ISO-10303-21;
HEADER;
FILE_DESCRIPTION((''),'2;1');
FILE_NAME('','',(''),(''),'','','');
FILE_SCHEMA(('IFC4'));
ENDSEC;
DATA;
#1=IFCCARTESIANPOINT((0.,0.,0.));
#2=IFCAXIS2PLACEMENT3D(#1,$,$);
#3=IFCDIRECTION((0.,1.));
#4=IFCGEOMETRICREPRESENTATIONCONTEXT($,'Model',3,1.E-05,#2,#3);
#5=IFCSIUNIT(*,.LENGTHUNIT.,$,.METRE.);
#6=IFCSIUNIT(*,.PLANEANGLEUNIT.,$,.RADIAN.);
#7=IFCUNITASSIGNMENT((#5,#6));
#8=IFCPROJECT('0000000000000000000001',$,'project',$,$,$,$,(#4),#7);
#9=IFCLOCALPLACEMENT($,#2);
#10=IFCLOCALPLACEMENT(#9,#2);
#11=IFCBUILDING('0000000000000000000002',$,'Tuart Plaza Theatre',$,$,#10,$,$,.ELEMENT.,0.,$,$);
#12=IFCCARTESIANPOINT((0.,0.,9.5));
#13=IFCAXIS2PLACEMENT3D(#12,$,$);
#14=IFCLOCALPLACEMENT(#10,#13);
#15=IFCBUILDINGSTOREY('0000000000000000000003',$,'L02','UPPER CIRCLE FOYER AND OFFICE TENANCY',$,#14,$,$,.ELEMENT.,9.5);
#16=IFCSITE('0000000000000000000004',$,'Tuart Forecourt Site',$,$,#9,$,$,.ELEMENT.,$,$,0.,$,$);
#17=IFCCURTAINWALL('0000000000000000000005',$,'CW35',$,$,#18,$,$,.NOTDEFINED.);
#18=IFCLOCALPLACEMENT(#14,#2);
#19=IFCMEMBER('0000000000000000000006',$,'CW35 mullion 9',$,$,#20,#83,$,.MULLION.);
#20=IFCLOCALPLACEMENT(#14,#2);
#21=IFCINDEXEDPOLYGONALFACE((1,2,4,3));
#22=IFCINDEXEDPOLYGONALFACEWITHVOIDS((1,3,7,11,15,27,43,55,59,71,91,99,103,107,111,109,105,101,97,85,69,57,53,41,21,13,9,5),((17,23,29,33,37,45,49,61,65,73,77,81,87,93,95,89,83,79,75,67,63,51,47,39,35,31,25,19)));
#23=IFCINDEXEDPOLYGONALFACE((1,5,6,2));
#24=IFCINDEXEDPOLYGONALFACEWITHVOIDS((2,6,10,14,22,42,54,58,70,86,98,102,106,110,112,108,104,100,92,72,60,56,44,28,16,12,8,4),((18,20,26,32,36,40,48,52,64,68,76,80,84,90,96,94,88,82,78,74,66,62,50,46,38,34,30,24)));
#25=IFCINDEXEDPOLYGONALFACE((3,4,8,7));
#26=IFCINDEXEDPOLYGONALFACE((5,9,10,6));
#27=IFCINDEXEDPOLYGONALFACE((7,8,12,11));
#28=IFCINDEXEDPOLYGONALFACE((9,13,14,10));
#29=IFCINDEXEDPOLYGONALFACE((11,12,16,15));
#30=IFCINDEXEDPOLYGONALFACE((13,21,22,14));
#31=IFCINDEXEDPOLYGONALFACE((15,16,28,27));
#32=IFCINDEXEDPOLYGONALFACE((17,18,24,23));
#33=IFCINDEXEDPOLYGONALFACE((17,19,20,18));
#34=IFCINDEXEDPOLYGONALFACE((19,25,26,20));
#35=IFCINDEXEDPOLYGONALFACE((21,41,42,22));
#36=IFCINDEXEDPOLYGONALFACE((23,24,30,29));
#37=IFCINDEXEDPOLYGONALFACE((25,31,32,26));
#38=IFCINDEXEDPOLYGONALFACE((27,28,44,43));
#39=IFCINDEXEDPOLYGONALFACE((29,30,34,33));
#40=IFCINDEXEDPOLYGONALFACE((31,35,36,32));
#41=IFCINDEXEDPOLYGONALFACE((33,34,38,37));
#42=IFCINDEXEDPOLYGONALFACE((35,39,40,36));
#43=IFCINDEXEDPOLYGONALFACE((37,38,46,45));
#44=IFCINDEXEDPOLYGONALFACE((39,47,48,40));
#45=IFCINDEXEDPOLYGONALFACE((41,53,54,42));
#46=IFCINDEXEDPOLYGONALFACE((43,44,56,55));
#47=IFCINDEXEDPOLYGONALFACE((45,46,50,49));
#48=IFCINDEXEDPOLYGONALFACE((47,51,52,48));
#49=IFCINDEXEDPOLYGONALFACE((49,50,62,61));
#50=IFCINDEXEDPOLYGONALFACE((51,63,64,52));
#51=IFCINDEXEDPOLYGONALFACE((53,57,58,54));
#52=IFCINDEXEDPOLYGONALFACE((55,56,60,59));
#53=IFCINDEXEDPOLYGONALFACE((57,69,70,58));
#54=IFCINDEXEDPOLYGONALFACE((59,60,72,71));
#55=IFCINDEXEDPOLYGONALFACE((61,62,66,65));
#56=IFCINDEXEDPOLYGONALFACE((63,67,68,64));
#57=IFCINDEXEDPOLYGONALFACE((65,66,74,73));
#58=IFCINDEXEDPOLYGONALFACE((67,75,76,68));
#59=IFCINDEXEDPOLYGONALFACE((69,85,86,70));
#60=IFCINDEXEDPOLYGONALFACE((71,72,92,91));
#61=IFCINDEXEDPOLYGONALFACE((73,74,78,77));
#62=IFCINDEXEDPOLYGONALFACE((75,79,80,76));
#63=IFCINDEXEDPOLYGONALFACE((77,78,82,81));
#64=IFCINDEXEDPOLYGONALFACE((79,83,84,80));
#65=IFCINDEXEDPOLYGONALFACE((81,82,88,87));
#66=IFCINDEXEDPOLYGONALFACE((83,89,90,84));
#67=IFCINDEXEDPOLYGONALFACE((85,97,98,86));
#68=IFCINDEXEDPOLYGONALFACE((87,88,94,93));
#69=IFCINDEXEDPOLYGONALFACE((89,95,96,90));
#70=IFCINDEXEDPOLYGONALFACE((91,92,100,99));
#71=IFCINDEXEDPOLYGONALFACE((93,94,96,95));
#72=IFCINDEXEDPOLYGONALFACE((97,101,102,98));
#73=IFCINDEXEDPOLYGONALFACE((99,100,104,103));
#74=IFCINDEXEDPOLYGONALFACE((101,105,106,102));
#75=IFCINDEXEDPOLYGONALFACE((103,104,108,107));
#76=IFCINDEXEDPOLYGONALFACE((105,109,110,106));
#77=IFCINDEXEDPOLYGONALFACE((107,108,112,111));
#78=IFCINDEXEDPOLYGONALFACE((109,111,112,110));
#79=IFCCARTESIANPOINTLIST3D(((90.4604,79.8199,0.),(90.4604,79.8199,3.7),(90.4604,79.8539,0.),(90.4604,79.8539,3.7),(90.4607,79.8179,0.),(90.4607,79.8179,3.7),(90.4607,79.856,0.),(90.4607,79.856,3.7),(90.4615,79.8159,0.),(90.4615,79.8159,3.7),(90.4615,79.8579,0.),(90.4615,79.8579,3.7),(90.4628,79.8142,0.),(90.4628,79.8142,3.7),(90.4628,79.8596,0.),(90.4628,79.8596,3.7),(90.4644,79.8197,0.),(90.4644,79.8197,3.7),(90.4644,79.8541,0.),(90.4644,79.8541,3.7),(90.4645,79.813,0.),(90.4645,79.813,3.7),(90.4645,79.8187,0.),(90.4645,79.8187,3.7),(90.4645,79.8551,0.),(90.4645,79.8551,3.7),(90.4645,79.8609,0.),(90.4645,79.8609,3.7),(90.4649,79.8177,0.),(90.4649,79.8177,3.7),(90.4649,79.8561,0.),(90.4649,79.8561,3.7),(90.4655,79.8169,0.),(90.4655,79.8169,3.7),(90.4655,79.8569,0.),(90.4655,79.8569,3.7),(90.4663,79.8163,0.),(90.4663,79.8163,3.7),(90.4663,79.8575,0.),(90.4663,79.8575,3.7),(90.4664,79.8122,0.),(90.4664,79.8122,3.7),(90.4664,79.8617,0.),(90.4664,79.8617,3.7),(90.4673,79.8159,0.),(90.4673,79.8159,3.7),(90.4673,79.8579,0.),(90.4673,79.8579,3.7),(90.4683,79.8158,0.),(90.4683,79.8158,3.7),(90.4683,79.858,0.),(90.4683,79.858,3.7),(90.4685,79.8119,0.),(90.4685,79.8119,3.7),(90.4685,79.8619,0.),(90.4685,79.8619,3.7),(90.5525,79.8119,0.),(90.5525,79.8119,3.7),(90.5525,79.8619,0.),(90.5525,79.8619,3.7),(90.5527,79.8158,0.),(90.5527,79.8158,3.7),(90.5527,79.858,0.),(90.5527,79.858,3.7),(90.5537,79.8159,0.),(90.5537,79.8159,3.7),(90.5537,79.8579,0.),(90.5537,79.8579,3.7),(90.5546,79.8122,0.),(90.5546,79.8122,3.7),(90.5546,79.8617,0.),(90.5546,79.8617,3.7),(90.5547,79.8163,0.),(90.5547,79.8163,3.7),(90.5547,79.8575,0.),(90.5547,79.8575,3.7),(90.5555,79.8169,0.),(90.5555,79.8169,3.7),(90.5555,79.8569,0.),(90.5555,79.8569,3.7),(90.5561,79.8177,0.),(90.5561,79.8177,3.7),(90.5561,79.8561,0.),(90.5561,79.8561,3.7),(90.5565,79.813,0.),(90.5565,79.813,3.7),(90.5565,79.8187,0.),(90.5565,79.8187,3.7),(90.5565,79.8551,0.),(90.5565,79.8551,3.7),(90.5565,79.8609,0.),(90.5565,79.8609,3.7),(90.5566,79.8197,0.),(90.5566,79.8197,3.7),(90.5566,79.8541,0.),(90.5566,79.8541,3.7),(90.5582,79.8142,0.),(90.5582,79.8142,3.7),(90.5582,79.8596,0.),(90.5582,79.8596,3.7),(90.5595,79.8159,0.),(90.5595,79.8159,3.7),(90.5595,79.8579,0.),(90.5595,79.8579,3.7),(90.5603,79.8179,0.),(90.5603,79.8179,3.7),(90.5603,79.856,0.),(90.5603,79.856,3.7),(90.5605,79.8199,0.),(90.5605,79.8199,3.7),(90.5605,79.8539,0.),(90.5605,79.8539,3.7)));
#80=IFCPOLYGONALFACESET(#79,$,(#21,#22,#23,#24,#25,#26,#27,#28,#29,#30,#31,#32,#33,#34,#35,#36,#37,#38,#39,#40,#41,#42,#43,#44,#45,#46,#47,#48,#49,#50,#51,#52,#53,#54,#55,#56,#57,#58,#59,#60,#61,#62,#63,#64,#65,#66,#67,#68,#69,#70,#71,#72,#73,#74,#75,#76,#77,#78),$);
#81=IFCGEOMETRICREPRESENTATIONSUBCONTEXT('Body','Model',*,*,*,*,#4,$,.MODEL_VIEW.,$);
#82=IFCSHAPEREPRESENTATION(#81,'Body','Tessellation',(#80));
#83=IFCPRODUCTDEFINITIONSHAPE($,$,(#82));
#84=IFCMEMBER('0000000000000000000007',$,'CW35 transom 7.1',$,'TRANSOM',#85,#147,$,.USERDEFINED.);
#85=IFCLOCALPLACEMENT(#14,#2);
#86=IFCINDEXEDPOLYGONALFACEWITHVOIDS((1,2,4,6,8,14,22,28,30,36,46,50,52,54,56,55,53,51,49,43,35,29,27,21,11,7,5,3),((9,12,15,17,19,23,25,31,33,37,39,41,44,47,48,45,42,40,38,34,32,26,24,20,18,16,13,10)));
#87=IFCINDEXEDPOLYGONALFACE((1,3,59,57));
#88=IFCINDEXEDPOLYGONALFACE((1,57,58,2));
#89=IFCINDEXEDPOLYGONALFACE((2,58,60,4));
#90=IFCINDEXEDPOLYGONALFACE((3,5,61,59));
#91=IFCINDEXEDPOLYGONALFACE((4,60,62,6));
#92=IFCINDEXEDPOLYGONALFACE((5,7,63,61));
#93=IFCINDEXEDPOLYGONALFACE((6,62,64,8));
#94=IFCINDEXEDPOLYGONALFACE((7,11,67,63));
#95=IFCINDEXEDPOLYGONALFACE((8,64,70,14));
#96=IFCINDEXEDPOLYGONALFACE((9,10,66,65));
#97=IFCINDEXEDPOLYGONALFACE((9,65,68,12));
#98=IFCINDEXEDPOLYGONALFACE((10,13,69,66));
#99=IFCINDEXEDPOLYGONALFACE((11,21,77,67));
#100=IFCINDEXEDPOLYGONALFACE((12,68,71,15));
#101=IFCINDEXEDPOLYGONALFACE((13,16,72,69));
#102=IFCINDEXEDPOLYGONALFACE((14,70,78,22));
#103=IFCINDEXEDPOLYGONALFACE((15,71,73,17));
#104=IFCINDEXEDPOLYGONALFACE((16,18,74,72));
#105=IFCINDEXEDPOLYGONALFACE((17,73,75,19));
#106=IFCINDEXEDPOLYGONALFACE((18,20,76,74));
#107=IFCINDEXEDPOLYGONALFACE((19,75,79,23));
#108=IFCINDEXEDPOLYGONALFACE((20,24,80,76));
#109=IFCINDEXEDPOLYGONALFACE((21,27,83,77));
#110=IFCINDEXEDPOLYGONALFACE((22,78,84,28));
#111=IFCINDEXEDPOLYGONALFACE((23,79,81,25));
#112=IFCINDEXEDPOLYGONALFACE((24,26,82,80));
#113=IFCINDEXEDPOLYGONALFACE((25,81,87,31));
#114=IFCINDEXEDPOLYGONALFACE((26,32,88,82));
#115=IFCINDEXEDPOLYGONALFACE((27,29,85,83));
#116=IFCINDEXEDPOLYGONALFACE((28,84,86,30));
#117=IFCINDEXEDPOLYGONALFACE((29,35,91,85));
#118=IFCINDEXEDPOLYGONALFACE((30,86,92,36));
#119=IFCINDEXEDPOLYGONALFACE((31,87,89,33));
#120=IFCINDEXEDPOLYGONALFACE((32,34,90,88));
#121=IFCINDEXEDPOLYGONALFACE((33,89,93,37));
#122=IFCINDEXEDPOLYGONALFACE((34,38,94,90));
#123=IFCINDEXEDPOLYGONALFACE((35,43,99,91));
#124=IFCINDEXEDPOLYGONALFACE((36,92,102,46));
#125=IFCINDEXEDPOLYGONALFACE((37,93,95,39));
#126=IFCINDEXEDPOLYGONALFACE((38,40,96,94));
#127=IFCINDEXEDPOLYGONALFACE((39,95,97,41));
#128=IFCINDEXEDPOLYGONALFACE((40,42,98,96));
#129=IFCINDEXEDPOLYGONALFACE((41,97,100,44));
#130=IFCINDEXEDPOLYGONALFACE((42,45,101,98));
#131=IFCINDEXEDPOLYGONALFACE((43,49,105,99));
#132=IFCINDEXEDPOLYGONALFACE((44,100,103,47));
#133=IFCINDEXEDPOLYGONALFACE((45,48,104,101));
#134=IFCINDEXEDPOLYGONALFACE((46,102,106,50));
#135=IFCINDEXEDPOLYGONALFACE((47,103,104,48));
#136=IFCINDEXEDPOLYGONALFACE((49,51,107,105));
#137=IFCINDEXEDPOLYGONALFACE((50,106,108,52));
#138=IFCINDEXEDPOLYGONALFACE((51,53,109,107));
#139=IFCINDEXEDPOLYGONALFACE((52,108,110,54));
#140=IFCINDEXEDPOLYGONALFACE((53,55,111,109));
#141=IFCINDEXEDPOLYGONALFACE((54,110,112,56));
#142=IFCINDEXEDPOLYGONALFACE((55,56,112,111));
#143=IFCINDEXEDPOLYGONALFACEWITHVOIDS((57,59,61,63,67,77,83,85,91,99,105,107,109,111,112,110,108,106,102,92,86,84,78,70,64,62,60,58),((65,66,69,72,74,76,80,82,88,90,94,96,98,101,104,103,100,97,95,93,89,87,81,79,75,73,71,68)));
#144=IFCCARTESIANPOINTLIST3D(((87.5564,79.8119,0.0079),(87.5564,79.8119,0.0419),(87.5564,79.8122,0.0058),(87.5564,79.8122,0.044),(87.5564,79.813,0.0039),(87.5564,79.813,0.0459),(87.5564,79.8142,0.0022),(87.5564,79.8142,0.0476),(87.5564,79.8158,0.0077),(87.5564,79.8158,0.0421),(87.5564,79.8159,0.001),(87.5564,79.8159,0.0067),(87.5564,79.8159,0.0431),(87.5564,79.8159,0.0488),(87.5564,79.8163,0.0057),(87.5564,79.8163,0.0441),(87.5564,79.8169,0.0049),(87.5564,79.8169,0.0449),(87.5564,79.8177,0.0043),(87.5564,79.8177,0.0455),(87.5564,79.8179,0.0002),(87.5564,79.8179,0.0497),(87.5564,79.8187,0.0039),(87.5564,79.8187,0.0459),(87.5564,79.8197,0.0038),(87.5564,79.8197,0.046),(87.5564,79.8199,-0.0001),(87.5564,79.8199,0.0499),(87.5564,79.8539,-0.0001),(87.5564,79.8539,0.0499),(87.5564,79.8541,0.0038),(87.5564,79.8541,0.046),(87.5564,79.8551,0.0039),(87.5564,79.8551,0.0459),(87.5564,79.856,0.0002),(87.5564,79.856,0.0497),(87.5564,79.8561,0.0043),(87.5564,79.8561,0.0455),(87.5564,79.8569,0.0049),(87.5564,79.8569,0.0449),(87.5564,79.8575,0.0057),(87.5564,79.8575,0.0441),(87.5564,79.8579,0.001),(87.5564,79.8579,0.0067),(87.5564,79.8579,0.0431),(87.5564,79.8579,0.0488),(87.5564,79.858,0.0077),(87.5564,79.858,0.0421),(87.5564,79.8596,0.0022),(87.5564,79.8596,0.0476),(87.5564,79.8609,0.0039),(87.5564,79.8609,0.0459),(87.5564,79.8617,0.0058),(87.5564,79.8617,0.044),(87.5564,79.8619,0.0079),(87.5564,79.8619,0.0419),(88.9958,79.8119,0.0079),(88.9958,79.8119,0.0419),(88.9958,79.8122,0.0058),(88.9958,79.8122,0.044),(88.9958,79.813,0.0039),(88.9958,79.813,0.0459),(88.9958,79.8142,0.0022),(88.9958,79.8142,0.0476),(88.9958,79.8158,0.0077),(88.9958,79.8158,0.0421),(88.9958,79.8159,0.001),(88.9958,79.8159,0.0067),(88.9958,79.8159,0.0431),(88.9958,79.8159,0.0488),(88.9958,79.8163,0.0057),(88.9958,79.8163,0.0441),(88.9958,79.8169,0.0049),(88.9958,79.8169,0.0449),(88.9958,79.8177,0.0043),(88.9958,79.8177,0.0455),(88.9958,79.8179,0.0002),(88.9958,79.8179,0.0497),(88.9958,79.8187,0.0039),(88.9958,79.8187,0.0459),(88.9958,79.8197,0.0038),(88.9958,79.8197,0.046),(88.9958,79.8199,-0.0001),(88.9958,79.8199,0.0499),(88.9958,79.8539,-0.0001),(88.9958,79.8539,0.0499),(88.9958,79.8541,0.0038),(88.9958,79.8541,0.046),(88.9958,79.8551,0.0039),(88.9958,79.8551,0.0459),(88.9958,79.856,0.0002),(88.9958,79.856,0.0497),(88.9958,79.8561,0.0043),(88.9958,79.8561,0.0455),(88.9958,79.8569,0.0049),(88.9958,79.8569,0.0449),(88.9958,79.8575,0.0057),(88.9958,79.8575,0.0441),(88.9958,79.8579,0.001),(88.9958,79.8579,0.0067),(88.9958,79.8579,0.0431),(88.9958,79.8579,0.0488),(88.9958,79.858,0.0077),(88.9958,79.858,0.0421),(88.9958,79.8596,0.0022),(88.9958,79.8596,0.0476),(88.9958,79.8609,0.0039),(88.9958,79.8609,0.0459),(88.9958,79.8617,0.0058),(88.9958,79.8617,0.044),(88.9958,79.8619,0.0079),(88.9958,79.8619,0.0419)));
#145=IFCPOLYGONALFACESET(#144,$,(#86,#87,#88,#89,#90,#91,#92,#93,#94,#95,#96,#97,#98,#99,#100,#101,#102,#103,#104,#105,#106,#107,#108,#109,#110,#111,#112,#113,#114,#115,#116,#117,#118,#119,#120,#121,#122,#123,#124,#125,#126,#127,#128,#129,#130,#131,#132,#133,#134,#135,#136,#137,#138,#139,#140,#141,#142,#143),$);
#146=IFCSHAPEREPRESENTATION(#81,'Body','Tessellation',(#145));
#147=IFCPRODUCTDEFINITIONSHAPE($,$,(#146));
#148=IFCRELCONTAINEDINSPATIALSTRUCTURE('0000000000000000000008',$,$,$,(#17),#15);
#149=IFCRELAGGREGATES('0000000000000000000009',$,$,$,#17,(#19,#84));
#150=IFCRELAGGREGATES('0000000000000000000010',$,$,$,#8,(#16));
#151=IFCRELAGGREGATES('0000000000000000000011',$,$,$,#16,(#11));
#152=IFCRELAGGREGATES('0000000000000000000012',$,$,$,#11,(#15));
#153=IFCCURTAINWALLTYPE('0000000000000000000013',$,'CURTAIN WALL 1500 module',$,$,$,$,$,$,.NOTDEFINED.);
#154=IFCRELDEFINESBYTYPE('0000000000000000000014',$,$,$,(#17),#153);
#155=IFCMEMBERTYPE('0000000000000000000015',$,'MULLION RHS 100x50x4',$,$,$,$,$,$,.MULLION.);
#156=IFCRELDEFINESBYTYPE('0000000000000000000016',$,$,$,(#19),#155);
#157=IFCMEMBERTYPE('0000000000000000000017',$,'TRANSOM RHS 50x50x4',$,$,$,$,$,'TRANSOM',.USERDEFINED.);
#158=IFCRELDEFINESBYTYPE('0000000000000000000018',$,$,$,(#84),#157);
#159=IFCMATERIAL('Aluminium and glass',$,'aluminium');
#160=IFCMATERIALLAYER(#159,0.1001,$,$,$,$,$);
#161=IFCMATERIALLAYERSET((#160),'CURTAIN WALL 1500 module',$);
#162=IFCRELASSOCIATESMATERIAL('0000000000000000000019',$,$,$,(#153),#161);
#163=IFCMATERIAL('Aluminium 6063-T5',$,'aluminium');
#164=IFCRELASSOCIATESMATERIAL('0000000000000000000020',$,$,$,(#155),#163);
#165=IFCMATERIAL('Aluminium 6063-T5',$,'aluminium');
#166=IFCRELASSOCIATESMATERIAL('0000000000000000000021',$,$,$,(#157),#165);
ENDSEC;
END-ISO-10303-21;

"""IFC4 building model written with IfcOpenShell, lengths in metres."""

from ifc_helpers import new_model, si_unit, direction, frame, origin, origin_2d, place, context, subcontext, project, spatial, hollow_rectangle, extrude, material, layer, layer_set, material_profile, profile_set, type_object, element, aggregate, save


model = new_model("IFC4")

# Units and contexts
model_context = context("Model", 3, precision=1e-05, world=origin(), true_north=direction((0.0, 1.0)))
body_context = subcontext(model_context, "Body", "Model", "MODEL_VIEW")
ifc_project = project(units=[si_unit("LENGTHUNIT", "METRE"), si_unit("PLANEANGLEUNIT", "RADIAN")], contexts=[model_context])

# Site, building, storey
site_placement = place(None, origin())
site = spatial("IfcSite", under=ifc_project, at=site_placement, Name="Tuart Forecourt Site", CompositionType="ELEMENT", RefElevation=0.0)
building_placement = place(site_placement, origin())
building = spatial("IfcBuilding", under=site, at=building_placement, Name="Tuart Plaza Theatre", CompositionType="ELEMENT", ElevationOfRefHeight=0.0)
storey_placement = place(building_placement, frame((0.0, 0.0, 9.5)))
storey = spatial("IfcBuildingStorey", under=building, at=storey_placement, Name="L02", Description="UPPER CIRCLE FOYER AND OFFICE TENANCY", CompositionType="ELEMENT", Elevation=9.5)

# Curtain wall, members
ifc_material_1 = material(Name="Aluminium and glass", Category="aluminium")
ifc_layer_1 = layer(ifc_material_1, 0.1001)
ifc_layer_set_1 = layer_set([ifc_layer_1], Name="CURTAIN WALL 1500 module")
curtain_wall_type = type_object("IfcCurtainWallType", Name="CURTAIN WALL 1500 module", PredefinedType="NOTDEFINED", material=ifc_layer_set_1)
curtain_wall_placement = place(storey_placement, origin())
curtain_wall = element("IfcCurtainWall", 1, at=curtain_wall_placement, inside=storey, type_object=curtain_wall_type, Name="CW35", PredefinedType="NOTDEFINED")
ifc_material_2 = material(Name="Aluminium 6063-T5", Category="aluminium")
ifc_material_profile_1 = material_profile(ifc_material_2, hollow_rectangle(XDim=0.05, YDim=0.1001, WallThickness=0.0039, InnerFilletRadius=0.0039, OuterFilletRadius=0.0081, at=origin_2d()), Name="RHS 100x50x4")
ifc_profile_set_1 = profile_set([ifc_material_profile_1], Name="Aluminium 6063-T5")
member_type_1 = type_object("IfcMemberType", Name="MULLION RHS 100x50x4", PredefinedType="MULLION", material=ifc_profile_set_1)
member_1_placement = place(storey_placement, frame((90.5105, 79.8369, 0.0), z_axis=(0.0, 0.0, 1.0), x_axis=(0.0, 1.0, 0.0)))
member_1 = element("IfcMember", 2, at=member_1_placement, type_object=member_type_1, Name="CW35 mullion 9", PredefinedType="MULLION", context=body_context, shape_type="SweptSolid", body=[
    extrude(hollow_rectangle(XDim=0.05, YDim=0.1001, WallThickness=0.0039, InnerFilletRadius=0.0039, OuterFilletRadius=0.0081, at=origin_2d()), origin(), (0.0, 0.0, 1.0), 3.7),
])
ifc_material_3 = material(Name="Aluminium 6063-T5", Category="aluminium")
ifc_material_profile_2 = material_profile(ifc_material_3, hollow_rectangle(XDim=0.05, YDim=0.05, WallThickness=0.0039, InnerFilletRadius=0.0039, OuterFilletRadius=0.0081, at=origin_2d()), Name="RHS 50x50x4")
ifc_profile_set_2 = profile_set([ifc_material_profile_2], Name="Aluminium 6063-T5")
member_type_2 = type_object("IfcMemberType", Name="TRANSOM RHS 50x50x4", ElementType="TRANSOM", PredefinedType="USERDEFINED", material=ifc_profile_set_2)
member_2_placement = place(storey_placement, frame((87.5564, 79.8369, 0.0249), z_axis=(1.0, 0.0, 0.0), x_axis=(0.0, 1.0, 0.0)))
member_2 = element("IfcMember", 3, at=member_2_placement, type_object=member_type_2, Name="CW35 transom 7.1", ObjectType="TRANSOM", PredefinedType="USERDEFINED", context=body_context, shape_type="SweptSolid", body=[
    extrude(hollow_rectangle(XDim=0.05, YDim=0.05, WallThickness=0.0039, InnerFilletRadius=0.0039, OuterFilletRadius=0.0081, at=origin_2d()), origin(), (0.0, 0.0, 1.0), 1.4395),
])
aggregate(curtain_wall, [member_1, member_2])

save(model, "model.ifc")
